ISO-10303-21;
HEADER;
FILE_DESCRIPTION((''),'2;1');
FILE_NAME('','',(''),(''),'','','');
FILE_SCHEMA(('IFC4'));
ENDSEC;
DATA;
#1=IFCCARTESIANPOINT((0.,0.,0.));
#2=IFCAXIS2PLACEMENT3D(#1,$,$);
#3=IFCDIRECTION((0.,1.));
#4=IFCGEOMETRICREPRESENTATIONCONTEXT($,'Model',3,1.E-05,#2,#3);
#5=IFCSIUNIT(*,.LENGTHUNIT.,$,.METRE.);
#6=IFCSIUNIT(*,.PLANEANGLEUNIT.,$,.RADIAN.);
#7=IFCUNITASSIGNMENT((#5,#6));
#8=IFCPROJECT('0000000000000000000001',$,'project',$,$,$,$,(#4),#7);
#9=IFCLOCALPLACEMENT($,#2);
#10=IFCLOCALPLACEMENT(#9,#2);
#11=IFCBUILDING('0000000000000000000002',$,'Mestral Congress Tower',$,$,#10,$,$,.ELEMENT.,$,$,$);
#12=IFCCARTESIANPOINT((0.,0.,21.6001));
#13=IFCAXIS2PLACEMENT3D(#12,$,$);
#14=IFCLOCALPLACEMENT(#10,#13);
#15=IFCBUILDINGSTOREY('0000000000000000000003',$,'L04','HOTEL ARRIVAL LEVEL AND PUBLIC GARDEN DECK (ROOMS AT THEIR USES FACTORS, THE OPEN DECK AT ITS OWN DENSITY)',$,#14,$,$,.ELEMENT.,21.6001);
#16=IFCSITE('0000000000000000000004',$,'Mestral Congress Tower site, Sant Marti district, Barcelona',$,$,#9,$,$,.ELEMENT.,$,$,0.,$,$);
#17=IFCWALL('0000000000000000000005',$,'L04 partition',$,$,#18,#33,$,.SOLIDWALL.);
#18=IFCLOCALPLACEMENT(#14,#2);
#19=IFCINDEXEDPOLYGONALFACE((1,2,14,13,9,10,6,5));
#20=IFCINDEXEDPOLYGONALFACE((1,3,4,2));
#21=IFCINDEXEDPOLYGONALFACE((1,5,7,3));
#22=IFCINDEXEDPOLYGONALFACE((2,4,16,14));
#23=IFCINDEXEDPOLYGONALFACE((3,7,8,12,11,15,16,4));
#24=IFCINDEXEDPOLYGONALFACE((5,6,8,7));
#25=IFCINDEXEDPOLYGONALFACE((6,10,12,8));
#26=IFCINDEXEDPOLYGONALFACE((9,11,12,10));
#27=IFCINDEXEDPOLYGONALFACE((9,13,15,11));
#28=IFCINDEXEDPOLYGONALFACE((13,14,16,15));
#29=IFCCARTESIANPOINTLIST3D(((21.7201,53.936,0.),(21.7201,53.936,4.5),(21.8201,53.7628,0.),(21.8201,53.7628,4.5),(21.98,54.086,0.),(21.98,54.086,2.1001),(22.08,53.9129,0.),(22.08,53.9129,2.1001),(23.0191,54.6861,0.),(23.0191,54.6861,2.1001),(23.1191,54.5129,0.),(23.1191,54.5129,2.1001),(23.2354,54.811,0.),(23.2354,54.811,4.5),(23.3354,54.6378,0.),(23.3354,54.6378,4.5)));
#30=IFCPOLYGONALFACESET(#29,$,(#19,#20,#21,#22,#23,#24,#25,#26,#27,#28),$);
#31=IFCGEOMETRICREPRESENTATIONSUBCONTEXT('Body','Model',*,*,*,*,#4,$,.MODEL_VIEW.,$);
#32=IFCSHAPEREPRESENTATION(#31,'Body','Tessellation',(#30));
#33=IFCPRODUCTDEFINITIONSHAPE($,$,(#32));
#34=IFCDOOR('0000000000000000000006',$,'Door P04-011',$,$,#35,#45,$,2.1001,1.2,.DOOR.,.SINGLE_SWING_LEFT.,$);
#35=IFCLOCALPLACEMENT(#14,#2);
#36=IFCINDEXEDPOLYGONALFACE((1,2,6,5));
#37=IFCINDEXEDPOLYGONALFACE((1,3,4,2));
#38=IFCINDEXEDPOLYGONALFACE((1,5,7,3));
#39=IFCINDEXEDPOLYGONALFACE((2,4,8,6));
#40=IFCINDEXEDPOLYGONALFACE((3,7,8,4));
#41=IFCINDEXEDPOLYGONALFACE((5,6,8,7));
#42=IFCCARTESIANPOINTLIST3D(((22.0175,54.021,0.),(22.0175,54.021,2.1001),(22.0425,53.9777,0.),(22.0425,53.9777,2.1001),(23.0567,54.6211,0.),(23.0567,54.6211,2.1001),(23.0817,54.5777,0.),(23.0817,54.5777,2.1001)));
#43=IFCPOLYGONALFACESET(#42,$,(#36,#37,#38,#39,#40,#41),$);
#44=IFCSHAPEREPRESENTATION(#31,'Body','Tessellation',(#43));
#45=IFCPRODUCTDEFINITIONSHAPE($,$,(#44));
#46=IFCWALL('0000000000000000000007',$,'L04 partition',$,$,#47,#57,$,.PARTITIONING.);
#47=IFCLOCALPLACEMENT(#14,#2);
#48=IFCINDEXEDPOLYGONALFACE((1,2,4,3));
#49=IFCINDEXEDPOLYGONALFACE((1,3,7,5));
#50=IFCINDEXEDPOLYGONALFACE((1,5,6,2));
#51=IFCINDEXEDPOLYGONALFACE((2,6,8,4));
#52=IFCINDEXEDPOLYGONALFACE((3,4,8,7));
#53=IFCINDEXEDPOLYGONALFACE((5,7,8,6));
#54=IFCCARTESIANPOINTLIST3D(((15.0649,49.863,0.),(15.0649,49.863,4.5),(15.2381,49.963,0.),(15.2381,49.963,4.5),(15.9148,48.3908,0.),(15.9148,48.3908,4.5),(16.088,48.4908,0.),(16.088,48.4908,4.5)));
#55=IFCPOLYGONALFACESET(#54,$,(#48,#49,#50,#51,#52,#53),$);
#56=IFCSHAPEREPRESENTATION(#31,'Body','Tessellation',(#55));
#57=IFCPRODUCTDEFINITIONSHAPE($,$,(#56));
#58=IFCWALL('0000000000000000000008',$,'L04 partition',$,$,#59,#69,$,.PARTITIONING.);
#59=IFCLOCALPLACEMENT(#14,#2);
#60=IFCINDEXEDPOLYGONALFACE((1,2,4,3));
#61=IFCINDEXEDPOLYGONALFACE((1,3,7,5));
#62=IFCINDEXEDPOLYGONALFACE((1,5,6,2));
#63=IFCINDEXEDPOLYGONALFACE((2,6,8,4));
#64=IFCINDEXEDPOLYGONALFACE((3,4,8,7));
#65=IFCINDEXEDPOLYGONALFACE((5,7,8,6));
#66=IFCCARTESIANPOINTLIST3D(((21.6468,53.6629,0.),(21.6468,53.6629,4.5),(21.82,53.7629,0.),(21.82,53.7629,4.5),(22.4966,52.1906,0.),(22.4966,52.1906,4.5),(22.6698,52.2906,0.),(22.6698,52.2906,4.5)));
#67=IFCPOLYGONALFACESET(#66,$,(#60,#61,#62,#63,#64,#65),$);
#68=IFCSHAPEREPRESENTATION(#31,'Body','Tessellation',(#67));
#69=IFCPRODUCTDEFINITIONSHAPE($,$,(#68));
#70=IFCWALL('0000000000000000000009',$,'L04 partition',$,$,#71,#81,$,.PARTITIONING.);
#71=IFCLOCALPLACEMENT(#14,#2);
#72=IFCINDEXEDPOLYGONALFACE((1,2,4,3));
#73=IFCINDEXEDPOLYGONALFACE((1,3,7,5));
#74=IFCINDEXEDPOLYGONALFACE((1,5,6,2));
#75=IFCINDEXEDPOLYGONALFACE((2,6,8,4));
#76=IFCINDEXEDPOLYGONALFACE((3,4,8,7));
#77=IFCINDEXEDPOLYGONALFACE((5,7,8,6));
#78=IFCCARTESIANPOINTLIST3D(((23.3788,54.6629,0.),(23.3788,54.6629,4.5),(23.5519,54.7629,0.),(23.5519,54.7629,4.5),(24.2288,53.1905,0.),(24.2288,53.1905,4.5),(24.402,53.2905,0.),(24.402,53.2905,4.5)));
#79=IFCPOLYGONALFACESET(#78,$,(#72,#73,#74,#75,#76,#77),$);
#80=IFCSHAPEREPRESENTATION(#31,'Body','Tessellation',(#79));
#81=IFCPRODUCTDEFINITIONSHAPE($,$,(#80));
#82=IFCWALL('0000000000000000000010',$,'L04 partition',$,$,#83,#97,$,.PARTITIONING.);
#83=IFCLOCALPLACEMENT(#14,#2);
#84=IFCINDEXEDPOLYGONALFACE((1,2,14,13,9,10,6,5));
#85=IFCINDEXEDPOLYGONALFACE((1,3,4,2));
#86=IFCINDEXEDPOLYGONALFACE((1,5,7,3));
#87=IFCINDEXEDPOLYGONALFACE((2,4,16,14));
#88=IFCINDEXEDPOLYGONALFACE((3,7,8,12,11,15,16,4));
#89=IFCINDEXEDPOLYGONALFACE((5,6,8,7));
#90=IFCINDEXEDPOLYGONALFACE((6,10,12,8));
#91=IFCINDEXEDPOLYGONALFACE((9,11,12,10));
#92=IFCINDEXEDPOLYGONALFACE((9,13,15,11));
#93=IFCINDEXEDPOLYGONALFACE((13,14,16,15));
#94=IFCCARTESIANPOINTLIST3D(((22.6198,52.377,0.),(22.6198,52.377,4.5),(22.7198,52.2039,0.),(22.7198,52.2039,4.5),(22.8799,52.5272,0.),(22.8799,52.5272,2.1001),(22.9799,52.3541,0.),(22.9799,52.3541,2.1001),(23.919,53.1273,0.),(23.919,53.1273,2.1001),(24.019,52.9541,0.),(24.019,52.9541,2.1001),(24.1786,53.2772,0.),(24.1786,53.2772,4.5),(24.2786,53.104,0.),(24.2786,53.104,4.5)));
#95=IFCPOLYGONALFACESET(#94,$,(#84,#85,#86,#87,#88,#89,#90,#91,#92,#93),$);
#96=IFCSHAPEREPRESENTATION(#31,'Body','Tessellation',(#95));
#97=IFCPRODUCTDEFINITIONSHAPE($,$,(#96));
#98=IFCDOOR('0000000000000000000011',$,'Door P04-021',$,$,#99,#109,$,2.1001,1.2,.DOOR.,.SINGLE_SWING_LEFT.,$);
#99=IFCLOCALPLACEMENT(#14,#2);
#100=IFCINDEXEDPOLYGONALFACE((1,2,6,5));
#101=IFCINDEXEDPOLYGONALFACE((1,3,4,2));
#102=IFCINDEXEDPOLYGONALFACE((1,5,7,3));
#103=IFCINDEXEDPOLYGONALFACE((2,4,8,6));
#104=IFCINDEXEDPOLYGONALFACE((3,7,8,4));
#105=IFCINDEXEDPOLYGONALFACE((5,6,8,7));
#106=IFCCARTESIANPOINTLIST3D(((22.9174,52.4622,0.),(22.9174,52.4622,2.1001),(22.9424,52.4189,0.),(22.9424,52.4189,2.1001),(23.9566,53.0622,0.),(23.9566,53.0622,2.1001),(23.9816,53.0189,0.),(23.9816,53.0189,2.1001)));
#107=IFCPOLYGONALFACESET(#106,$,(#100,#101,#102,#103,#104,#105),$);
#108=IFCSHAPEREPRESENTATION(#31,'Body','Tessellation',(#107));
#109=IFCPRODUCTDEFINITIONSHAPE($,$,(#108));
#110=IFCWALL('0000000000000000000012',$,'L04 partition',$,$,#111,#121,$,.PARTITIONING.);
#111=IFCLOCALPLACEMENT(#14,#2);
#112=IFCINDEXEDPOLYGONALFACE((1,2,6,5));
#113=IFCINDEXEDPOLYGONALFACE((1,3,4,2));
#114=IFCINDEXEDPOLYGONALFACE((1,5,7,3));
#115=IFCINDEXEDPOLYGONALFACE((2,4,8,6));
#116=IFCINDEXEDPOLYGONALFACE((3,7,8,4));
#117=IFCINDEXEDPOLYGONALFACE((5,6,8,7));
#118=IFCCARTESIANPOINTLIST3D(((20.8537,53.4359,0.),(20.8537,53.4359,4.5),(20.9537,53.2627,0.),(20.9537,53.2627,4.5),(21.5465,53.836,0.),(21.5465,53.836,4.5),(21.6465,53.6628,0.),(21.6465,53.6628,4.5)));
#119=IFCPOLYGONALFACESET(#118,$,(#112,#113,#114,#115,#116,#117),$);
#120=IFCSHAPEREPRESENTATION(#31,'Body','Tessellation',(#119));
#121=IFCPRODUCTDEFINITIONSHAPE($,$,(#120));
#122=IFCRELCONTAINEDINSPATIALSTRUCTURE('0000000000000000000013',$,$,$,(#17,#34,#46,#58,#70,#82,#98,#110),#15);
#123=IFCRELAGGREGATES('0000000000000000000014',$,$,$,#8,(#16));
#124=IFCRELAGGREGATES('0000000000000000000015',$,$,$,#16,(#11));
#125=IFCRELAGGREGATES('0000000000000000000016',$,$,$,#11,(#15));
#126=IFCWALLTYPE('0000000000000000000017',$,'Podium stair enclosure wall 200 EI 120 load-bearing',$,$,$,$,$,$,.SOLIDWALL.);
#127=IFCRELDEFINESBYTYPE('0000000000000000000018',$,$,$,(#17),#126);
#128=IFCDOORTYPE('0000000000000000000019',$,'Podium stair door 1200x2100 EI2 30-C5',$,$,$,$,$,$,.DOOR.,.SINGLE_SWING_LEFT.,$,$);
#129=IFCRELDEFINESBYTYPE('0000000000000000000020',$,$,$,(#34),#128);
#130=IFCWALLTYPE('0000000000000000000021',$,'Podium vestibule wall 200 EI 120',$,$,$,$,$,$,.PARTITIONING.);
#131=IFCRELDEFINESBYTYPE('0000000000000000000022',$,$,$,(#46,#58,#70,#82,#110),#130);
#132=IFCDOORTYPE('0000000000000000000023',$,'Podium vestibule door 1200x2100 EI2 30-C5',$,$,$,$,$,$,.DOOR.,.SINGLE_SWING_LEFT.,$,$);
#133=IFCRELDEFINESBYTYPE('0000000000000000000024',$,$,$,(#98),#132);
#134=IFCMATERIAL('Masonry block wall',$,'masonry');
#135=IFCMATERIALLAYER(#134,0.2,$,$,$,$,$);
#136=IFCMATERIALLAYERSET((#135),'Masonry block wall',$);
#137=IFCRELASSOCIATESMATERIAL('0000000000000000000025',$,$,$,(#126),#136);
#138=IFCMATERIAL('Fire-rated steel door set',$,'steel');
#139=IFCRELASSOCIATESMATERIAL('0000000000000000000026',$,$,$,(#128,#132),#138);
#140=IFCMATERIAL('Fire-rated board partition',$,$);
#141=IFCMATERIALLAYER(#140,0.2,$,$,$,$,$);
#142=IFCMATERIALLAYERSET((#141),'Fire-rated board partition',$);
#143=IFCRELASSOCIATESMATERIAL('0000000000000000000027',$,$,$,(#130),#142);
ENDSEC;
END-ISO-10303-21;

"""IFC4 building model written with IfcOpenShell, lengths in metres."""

from ifc_helpers import new_model, si_unit, direction, frame, frame_2d, origin, place, context, subcontext, project, spatial, rectangle, extrude, material, layer, layer_set, type_object, element, fill, save


model = new_model("IFC4")

# Units and contexts
model_context = context("Model", 3, precision=1e-05, world=origin(), true_north=direction((0.0, 1.0)))
body_context = subcontext(model_context, "Body", "Model", "MODEL_VIEW")
ifc_project = project(units=[si_unit("LENGTHUNIT", "METRE"), si_unit("PLANEANGLEUNIT", "RADIAN")], contexts=[model_context])

# Site, building, storey
site_placement = place(None, origin())
site = spatial("IfcSite", under=ifc_project, at=site_placement, Name="Mestral Congress Tower site, Sant Marti district, Barcelona", CompositionType="ELEMENT", RefElevation=0.0)
building_placement = place(site_placement, origin())
building = spatial("IfcBuilding", under=site, at=building_placement, Name="Mestral Congress Tower", CompositionType="ELEMENT")
storey_placement = place(building_placement, frame((0.0, 0.0, 21.6001)))
storey = spatial("IfcBuildingStorey", under=building, at=storey_placement, Name="L04", Description="HOTEL ARRIVAL LEVEL AND PUBLIC GARDEN DECK (ROOMS AT THEIR USES FACTORS, THE OPEN DECK AT ITS OWN DENSITY)", CompositionType="ELEMENT", Elevation=21.6001)

# Shared definitions
ifc_material_1 = material(Name="Masonry block wall", Category="masonry")
ifc_layer_1 = layer(ifc_material_1, 0.2)
ifc_layer_set_1 = layer_set([ifc_layer_1], Name="Masonry block wall")
wall_type_1 = type_object("IfcWallType", Name="Podium stair enclosure wall 200 EI 120 load-bearing", PredefinedType="SOLIDWALL", material=ifc_layer_set_1)

# Wall, opening, door
wall_1_placement = place(storey_placement, frame((21.77, 53.8494, 0.0), z_axis=(0.0, 0.0, 1.0), x_axis=(0.866002, 0.50004, 0.0)))
wall_1 = element("IfcWall", 1, at=wall_1_placement, inside=storey, type_object=wall_type_1, Name="L04 partition", PredefinedType="SOLIDWALL", context=body_context, shape_type="SweptSolid", body=[
    extrude(rectangle(XDim=1.7498, YDim=0.2, at=frame_2d((0.875, 0.0))), origin(), (0.0, 0.0, 1.0), 4.5),
])
opening_1_placement = place(wall_1_placement, frame((0.3, 0.0, 0.0)))
opening_1 = element("IfcOpeningElement", 2, at=opening_1_placement, cuts=wall_1, PredefinedType="OPENING", context=body_context, shape_type="SweptSolid", body=[
    extrude(rectangle(XDim=1.2, YDim=2.1001, at=frame_2d((0.6001, 1.05))), frame((0.0, 0.1099, 0.0), z_axis=(0.0, -1.0, 0.0), x_axis=(1.0, 0.0, 0.0)), (0.0, 0.0, 1.0), 0.22),
])
ifc_material_2 = material(Name="Fire-rated steel door set", Category="steel")
door_type_1 = type_object("IfcDoorType", Name="Podium stair door 1200x2100 EI2 30-C5", OperationType="SINGLE_SWING_LEFT", PredefinedType="DOOR", material=ifc_material_2)
door_1_placement = place(opening_1_placement, origin())
door_1 = element("IfcDoor", 3, at=door_1_placement, inside=storey, type_object=door_type_1, Name="Door P04-011", OperationType="SINGLE_SWING_LEFT", OverallHeight=2.1001, OverallWidth=1.2, PredefinedType="DOOR", context=body_context, shape_type="SweptSolid", body=[
    extrude(rectangle(XDim=1.2, YDim=2.1001, at=frame_2d((0.6001, 1.05))), frame((0.0, 0.0249, 0.0), z_axis=(0.0, -1.0, 0.0), x_axis=(1.0, 0.0, 0.0)), (0.0, 0.0, 1.0), 0.05),
])
fill(opening_1, door_1)

# Walls
ifc_material_3 = material(Name="Fire-rated board partition")
ifc_layer_2 = layer(ifc_material_3, 0.2)
ifc_layer_set_2 = layer_set([ifc_layer_2], Name="Fire-rated board partition")
wall_type_2 = type_object("IfcWallType", Name="Podium vestibule wall 200 EI 120", PredefinedType="PARTITIONING", material=ifc_layer_set_2)
for number, where, z_axis, x_axis, name in (
    (4, (16.0015, 48.4407, 0.0), (0.0, 0.0, 1.0), (-0.499955, 0.866052, 0.0), "L04 partition"),
    (5, (22.5833, 52.2405, 0.0), (0.0, 0.0, 1.0), (-0.499892, 0.866088, 0.0), "L04 partition"),
):
    element("IfcWall", number, at=place(storey_placement, frame(where, z_axis=z_axis, x_axis=x_axis)), inside=storey, type_object=wall_type_2, Name=name, PredefinedType="PARTITIONING", context=body_context, shape_type="SweptSolid", body=[
        extrude(rectangle(XDim=1.7, YDim=0.2, at=frame_2d((0.8501, 0.0))), origin(), (0.0, 0.0, 1.0), 4.5),
    ])
wall_2_placement = place(storey_placement, frame((24.3154, 53.2405, 0.0), z_axis=(0.0, 0.0, 1.0), x_axis=(-0.5, 0.866025, 0.0)))
element("IfcWall", 6, at=wall_2_placement, inside=storey, type_object=wall_type_2, Name="L04 partition", PredefinedType="PARTITIONING", context=body_context, shape_type="SweptSolid", body=[
    extrude(rectangle(XDim=1.7002, YDim=0.2, at=frame_2d((0.8501, 0.0))), origin(), (0.0, 0.0, 1.0), 4.5),
])

# Wall, opening, door
wall_3_placement = place(storey_placement, frame((22.6699, 52.2905, 0.0), z_axis=(0.0, 0.0, 1.0), x_axis=(0.865989, 0.500063, 0.0)))
wall_3 = element("IfcWall", 7, at=wall_3_placement, inside=storey, type_object=wall_type_2, Name="L04 partition", PredefinedType="PARTITIONING", context=body_context, shape_type="SweptSolid", body=[
    extrude(rectangle(XDim=1.8, YDim=0.2, at=frame_2d((0.8999, 0.0))), origin(), (0.0, 0.0, 1.0), 4.5),
])
opening_2_placement = place(wall_3_placement, frame((0.3, 0.0, 0.0)))
opening_2 = element("IfcOpeningElement", 8, at=opening_2_placement, cuts=wall_3, PredefinedType="OPENING", context=body_context, shape_type="SweptSolid", body=[
    extrude(rectangle(XDim=1.2, YDim=2.1001, at=frame_2d((0.6001, 1.05))), frame((0.0, 0.1099, 0.0), z_axis=(0.0, -1.0, 0.0), x_axis=(1.0, 0.0, 0.0)), (0.0, 0.0, 1.0), 0.22),
])
door_type_2 = type_object("IfcDoorType", Name="Podium vestibule door 1200x2100 EI2 30-C5", OperationType="SINGLE_SWING_LEFT", PredefinedType="DOOR", material=ifc_material_2)
door_2_placement = place(opening_2_placement, origin())
door_2 = element("IfcDoor", 9, at=door_2_placement, inside=storey, type_object=door_type_2, Name="Door P04-021", OperationType="SINGLE_SWING_LEFT", OverallHeight=2.1001, OverallWidth=1.2, PredefinedType="DOOR", context=body_context, shape_type="SweptSolid", body=[
    extrude(rectangle(XDim=1.2, YDim=2.1001, at=frame_2d((0.6001, 1.05))), frame((0.0, 0.0249, 0.0), z_axis=(0.0, -1.0, 0.0), x_axis=(1.0, 0.0, 0.0)), (0.0, 0.0, 1.0), 0.05),
])
fill(opening_2, door_2)

# Wall
wall_4_placement = place(storey_placement, frame((20.9038, 53.3494, 0.0), z_axis=(0.0, 0.0, 1.0), x_axis=(0.865962, 0.50011, 0.0)))
element("IfcWall", 10, at=wall_4_placement, inside=storey, type_object=wall_type_2, Name="L04 partition", PredefinedType="PARTITIONING", context=body_context, shape_type="SweptSolid", body=[
    extrude(rectangle(XDim=0.8, YDim=0.2, at=frame_2d((0.3999, 0.0))), origin(), (0.0, 0.0, 1.0), 4.5),
])

save(model, "model.ifc")
